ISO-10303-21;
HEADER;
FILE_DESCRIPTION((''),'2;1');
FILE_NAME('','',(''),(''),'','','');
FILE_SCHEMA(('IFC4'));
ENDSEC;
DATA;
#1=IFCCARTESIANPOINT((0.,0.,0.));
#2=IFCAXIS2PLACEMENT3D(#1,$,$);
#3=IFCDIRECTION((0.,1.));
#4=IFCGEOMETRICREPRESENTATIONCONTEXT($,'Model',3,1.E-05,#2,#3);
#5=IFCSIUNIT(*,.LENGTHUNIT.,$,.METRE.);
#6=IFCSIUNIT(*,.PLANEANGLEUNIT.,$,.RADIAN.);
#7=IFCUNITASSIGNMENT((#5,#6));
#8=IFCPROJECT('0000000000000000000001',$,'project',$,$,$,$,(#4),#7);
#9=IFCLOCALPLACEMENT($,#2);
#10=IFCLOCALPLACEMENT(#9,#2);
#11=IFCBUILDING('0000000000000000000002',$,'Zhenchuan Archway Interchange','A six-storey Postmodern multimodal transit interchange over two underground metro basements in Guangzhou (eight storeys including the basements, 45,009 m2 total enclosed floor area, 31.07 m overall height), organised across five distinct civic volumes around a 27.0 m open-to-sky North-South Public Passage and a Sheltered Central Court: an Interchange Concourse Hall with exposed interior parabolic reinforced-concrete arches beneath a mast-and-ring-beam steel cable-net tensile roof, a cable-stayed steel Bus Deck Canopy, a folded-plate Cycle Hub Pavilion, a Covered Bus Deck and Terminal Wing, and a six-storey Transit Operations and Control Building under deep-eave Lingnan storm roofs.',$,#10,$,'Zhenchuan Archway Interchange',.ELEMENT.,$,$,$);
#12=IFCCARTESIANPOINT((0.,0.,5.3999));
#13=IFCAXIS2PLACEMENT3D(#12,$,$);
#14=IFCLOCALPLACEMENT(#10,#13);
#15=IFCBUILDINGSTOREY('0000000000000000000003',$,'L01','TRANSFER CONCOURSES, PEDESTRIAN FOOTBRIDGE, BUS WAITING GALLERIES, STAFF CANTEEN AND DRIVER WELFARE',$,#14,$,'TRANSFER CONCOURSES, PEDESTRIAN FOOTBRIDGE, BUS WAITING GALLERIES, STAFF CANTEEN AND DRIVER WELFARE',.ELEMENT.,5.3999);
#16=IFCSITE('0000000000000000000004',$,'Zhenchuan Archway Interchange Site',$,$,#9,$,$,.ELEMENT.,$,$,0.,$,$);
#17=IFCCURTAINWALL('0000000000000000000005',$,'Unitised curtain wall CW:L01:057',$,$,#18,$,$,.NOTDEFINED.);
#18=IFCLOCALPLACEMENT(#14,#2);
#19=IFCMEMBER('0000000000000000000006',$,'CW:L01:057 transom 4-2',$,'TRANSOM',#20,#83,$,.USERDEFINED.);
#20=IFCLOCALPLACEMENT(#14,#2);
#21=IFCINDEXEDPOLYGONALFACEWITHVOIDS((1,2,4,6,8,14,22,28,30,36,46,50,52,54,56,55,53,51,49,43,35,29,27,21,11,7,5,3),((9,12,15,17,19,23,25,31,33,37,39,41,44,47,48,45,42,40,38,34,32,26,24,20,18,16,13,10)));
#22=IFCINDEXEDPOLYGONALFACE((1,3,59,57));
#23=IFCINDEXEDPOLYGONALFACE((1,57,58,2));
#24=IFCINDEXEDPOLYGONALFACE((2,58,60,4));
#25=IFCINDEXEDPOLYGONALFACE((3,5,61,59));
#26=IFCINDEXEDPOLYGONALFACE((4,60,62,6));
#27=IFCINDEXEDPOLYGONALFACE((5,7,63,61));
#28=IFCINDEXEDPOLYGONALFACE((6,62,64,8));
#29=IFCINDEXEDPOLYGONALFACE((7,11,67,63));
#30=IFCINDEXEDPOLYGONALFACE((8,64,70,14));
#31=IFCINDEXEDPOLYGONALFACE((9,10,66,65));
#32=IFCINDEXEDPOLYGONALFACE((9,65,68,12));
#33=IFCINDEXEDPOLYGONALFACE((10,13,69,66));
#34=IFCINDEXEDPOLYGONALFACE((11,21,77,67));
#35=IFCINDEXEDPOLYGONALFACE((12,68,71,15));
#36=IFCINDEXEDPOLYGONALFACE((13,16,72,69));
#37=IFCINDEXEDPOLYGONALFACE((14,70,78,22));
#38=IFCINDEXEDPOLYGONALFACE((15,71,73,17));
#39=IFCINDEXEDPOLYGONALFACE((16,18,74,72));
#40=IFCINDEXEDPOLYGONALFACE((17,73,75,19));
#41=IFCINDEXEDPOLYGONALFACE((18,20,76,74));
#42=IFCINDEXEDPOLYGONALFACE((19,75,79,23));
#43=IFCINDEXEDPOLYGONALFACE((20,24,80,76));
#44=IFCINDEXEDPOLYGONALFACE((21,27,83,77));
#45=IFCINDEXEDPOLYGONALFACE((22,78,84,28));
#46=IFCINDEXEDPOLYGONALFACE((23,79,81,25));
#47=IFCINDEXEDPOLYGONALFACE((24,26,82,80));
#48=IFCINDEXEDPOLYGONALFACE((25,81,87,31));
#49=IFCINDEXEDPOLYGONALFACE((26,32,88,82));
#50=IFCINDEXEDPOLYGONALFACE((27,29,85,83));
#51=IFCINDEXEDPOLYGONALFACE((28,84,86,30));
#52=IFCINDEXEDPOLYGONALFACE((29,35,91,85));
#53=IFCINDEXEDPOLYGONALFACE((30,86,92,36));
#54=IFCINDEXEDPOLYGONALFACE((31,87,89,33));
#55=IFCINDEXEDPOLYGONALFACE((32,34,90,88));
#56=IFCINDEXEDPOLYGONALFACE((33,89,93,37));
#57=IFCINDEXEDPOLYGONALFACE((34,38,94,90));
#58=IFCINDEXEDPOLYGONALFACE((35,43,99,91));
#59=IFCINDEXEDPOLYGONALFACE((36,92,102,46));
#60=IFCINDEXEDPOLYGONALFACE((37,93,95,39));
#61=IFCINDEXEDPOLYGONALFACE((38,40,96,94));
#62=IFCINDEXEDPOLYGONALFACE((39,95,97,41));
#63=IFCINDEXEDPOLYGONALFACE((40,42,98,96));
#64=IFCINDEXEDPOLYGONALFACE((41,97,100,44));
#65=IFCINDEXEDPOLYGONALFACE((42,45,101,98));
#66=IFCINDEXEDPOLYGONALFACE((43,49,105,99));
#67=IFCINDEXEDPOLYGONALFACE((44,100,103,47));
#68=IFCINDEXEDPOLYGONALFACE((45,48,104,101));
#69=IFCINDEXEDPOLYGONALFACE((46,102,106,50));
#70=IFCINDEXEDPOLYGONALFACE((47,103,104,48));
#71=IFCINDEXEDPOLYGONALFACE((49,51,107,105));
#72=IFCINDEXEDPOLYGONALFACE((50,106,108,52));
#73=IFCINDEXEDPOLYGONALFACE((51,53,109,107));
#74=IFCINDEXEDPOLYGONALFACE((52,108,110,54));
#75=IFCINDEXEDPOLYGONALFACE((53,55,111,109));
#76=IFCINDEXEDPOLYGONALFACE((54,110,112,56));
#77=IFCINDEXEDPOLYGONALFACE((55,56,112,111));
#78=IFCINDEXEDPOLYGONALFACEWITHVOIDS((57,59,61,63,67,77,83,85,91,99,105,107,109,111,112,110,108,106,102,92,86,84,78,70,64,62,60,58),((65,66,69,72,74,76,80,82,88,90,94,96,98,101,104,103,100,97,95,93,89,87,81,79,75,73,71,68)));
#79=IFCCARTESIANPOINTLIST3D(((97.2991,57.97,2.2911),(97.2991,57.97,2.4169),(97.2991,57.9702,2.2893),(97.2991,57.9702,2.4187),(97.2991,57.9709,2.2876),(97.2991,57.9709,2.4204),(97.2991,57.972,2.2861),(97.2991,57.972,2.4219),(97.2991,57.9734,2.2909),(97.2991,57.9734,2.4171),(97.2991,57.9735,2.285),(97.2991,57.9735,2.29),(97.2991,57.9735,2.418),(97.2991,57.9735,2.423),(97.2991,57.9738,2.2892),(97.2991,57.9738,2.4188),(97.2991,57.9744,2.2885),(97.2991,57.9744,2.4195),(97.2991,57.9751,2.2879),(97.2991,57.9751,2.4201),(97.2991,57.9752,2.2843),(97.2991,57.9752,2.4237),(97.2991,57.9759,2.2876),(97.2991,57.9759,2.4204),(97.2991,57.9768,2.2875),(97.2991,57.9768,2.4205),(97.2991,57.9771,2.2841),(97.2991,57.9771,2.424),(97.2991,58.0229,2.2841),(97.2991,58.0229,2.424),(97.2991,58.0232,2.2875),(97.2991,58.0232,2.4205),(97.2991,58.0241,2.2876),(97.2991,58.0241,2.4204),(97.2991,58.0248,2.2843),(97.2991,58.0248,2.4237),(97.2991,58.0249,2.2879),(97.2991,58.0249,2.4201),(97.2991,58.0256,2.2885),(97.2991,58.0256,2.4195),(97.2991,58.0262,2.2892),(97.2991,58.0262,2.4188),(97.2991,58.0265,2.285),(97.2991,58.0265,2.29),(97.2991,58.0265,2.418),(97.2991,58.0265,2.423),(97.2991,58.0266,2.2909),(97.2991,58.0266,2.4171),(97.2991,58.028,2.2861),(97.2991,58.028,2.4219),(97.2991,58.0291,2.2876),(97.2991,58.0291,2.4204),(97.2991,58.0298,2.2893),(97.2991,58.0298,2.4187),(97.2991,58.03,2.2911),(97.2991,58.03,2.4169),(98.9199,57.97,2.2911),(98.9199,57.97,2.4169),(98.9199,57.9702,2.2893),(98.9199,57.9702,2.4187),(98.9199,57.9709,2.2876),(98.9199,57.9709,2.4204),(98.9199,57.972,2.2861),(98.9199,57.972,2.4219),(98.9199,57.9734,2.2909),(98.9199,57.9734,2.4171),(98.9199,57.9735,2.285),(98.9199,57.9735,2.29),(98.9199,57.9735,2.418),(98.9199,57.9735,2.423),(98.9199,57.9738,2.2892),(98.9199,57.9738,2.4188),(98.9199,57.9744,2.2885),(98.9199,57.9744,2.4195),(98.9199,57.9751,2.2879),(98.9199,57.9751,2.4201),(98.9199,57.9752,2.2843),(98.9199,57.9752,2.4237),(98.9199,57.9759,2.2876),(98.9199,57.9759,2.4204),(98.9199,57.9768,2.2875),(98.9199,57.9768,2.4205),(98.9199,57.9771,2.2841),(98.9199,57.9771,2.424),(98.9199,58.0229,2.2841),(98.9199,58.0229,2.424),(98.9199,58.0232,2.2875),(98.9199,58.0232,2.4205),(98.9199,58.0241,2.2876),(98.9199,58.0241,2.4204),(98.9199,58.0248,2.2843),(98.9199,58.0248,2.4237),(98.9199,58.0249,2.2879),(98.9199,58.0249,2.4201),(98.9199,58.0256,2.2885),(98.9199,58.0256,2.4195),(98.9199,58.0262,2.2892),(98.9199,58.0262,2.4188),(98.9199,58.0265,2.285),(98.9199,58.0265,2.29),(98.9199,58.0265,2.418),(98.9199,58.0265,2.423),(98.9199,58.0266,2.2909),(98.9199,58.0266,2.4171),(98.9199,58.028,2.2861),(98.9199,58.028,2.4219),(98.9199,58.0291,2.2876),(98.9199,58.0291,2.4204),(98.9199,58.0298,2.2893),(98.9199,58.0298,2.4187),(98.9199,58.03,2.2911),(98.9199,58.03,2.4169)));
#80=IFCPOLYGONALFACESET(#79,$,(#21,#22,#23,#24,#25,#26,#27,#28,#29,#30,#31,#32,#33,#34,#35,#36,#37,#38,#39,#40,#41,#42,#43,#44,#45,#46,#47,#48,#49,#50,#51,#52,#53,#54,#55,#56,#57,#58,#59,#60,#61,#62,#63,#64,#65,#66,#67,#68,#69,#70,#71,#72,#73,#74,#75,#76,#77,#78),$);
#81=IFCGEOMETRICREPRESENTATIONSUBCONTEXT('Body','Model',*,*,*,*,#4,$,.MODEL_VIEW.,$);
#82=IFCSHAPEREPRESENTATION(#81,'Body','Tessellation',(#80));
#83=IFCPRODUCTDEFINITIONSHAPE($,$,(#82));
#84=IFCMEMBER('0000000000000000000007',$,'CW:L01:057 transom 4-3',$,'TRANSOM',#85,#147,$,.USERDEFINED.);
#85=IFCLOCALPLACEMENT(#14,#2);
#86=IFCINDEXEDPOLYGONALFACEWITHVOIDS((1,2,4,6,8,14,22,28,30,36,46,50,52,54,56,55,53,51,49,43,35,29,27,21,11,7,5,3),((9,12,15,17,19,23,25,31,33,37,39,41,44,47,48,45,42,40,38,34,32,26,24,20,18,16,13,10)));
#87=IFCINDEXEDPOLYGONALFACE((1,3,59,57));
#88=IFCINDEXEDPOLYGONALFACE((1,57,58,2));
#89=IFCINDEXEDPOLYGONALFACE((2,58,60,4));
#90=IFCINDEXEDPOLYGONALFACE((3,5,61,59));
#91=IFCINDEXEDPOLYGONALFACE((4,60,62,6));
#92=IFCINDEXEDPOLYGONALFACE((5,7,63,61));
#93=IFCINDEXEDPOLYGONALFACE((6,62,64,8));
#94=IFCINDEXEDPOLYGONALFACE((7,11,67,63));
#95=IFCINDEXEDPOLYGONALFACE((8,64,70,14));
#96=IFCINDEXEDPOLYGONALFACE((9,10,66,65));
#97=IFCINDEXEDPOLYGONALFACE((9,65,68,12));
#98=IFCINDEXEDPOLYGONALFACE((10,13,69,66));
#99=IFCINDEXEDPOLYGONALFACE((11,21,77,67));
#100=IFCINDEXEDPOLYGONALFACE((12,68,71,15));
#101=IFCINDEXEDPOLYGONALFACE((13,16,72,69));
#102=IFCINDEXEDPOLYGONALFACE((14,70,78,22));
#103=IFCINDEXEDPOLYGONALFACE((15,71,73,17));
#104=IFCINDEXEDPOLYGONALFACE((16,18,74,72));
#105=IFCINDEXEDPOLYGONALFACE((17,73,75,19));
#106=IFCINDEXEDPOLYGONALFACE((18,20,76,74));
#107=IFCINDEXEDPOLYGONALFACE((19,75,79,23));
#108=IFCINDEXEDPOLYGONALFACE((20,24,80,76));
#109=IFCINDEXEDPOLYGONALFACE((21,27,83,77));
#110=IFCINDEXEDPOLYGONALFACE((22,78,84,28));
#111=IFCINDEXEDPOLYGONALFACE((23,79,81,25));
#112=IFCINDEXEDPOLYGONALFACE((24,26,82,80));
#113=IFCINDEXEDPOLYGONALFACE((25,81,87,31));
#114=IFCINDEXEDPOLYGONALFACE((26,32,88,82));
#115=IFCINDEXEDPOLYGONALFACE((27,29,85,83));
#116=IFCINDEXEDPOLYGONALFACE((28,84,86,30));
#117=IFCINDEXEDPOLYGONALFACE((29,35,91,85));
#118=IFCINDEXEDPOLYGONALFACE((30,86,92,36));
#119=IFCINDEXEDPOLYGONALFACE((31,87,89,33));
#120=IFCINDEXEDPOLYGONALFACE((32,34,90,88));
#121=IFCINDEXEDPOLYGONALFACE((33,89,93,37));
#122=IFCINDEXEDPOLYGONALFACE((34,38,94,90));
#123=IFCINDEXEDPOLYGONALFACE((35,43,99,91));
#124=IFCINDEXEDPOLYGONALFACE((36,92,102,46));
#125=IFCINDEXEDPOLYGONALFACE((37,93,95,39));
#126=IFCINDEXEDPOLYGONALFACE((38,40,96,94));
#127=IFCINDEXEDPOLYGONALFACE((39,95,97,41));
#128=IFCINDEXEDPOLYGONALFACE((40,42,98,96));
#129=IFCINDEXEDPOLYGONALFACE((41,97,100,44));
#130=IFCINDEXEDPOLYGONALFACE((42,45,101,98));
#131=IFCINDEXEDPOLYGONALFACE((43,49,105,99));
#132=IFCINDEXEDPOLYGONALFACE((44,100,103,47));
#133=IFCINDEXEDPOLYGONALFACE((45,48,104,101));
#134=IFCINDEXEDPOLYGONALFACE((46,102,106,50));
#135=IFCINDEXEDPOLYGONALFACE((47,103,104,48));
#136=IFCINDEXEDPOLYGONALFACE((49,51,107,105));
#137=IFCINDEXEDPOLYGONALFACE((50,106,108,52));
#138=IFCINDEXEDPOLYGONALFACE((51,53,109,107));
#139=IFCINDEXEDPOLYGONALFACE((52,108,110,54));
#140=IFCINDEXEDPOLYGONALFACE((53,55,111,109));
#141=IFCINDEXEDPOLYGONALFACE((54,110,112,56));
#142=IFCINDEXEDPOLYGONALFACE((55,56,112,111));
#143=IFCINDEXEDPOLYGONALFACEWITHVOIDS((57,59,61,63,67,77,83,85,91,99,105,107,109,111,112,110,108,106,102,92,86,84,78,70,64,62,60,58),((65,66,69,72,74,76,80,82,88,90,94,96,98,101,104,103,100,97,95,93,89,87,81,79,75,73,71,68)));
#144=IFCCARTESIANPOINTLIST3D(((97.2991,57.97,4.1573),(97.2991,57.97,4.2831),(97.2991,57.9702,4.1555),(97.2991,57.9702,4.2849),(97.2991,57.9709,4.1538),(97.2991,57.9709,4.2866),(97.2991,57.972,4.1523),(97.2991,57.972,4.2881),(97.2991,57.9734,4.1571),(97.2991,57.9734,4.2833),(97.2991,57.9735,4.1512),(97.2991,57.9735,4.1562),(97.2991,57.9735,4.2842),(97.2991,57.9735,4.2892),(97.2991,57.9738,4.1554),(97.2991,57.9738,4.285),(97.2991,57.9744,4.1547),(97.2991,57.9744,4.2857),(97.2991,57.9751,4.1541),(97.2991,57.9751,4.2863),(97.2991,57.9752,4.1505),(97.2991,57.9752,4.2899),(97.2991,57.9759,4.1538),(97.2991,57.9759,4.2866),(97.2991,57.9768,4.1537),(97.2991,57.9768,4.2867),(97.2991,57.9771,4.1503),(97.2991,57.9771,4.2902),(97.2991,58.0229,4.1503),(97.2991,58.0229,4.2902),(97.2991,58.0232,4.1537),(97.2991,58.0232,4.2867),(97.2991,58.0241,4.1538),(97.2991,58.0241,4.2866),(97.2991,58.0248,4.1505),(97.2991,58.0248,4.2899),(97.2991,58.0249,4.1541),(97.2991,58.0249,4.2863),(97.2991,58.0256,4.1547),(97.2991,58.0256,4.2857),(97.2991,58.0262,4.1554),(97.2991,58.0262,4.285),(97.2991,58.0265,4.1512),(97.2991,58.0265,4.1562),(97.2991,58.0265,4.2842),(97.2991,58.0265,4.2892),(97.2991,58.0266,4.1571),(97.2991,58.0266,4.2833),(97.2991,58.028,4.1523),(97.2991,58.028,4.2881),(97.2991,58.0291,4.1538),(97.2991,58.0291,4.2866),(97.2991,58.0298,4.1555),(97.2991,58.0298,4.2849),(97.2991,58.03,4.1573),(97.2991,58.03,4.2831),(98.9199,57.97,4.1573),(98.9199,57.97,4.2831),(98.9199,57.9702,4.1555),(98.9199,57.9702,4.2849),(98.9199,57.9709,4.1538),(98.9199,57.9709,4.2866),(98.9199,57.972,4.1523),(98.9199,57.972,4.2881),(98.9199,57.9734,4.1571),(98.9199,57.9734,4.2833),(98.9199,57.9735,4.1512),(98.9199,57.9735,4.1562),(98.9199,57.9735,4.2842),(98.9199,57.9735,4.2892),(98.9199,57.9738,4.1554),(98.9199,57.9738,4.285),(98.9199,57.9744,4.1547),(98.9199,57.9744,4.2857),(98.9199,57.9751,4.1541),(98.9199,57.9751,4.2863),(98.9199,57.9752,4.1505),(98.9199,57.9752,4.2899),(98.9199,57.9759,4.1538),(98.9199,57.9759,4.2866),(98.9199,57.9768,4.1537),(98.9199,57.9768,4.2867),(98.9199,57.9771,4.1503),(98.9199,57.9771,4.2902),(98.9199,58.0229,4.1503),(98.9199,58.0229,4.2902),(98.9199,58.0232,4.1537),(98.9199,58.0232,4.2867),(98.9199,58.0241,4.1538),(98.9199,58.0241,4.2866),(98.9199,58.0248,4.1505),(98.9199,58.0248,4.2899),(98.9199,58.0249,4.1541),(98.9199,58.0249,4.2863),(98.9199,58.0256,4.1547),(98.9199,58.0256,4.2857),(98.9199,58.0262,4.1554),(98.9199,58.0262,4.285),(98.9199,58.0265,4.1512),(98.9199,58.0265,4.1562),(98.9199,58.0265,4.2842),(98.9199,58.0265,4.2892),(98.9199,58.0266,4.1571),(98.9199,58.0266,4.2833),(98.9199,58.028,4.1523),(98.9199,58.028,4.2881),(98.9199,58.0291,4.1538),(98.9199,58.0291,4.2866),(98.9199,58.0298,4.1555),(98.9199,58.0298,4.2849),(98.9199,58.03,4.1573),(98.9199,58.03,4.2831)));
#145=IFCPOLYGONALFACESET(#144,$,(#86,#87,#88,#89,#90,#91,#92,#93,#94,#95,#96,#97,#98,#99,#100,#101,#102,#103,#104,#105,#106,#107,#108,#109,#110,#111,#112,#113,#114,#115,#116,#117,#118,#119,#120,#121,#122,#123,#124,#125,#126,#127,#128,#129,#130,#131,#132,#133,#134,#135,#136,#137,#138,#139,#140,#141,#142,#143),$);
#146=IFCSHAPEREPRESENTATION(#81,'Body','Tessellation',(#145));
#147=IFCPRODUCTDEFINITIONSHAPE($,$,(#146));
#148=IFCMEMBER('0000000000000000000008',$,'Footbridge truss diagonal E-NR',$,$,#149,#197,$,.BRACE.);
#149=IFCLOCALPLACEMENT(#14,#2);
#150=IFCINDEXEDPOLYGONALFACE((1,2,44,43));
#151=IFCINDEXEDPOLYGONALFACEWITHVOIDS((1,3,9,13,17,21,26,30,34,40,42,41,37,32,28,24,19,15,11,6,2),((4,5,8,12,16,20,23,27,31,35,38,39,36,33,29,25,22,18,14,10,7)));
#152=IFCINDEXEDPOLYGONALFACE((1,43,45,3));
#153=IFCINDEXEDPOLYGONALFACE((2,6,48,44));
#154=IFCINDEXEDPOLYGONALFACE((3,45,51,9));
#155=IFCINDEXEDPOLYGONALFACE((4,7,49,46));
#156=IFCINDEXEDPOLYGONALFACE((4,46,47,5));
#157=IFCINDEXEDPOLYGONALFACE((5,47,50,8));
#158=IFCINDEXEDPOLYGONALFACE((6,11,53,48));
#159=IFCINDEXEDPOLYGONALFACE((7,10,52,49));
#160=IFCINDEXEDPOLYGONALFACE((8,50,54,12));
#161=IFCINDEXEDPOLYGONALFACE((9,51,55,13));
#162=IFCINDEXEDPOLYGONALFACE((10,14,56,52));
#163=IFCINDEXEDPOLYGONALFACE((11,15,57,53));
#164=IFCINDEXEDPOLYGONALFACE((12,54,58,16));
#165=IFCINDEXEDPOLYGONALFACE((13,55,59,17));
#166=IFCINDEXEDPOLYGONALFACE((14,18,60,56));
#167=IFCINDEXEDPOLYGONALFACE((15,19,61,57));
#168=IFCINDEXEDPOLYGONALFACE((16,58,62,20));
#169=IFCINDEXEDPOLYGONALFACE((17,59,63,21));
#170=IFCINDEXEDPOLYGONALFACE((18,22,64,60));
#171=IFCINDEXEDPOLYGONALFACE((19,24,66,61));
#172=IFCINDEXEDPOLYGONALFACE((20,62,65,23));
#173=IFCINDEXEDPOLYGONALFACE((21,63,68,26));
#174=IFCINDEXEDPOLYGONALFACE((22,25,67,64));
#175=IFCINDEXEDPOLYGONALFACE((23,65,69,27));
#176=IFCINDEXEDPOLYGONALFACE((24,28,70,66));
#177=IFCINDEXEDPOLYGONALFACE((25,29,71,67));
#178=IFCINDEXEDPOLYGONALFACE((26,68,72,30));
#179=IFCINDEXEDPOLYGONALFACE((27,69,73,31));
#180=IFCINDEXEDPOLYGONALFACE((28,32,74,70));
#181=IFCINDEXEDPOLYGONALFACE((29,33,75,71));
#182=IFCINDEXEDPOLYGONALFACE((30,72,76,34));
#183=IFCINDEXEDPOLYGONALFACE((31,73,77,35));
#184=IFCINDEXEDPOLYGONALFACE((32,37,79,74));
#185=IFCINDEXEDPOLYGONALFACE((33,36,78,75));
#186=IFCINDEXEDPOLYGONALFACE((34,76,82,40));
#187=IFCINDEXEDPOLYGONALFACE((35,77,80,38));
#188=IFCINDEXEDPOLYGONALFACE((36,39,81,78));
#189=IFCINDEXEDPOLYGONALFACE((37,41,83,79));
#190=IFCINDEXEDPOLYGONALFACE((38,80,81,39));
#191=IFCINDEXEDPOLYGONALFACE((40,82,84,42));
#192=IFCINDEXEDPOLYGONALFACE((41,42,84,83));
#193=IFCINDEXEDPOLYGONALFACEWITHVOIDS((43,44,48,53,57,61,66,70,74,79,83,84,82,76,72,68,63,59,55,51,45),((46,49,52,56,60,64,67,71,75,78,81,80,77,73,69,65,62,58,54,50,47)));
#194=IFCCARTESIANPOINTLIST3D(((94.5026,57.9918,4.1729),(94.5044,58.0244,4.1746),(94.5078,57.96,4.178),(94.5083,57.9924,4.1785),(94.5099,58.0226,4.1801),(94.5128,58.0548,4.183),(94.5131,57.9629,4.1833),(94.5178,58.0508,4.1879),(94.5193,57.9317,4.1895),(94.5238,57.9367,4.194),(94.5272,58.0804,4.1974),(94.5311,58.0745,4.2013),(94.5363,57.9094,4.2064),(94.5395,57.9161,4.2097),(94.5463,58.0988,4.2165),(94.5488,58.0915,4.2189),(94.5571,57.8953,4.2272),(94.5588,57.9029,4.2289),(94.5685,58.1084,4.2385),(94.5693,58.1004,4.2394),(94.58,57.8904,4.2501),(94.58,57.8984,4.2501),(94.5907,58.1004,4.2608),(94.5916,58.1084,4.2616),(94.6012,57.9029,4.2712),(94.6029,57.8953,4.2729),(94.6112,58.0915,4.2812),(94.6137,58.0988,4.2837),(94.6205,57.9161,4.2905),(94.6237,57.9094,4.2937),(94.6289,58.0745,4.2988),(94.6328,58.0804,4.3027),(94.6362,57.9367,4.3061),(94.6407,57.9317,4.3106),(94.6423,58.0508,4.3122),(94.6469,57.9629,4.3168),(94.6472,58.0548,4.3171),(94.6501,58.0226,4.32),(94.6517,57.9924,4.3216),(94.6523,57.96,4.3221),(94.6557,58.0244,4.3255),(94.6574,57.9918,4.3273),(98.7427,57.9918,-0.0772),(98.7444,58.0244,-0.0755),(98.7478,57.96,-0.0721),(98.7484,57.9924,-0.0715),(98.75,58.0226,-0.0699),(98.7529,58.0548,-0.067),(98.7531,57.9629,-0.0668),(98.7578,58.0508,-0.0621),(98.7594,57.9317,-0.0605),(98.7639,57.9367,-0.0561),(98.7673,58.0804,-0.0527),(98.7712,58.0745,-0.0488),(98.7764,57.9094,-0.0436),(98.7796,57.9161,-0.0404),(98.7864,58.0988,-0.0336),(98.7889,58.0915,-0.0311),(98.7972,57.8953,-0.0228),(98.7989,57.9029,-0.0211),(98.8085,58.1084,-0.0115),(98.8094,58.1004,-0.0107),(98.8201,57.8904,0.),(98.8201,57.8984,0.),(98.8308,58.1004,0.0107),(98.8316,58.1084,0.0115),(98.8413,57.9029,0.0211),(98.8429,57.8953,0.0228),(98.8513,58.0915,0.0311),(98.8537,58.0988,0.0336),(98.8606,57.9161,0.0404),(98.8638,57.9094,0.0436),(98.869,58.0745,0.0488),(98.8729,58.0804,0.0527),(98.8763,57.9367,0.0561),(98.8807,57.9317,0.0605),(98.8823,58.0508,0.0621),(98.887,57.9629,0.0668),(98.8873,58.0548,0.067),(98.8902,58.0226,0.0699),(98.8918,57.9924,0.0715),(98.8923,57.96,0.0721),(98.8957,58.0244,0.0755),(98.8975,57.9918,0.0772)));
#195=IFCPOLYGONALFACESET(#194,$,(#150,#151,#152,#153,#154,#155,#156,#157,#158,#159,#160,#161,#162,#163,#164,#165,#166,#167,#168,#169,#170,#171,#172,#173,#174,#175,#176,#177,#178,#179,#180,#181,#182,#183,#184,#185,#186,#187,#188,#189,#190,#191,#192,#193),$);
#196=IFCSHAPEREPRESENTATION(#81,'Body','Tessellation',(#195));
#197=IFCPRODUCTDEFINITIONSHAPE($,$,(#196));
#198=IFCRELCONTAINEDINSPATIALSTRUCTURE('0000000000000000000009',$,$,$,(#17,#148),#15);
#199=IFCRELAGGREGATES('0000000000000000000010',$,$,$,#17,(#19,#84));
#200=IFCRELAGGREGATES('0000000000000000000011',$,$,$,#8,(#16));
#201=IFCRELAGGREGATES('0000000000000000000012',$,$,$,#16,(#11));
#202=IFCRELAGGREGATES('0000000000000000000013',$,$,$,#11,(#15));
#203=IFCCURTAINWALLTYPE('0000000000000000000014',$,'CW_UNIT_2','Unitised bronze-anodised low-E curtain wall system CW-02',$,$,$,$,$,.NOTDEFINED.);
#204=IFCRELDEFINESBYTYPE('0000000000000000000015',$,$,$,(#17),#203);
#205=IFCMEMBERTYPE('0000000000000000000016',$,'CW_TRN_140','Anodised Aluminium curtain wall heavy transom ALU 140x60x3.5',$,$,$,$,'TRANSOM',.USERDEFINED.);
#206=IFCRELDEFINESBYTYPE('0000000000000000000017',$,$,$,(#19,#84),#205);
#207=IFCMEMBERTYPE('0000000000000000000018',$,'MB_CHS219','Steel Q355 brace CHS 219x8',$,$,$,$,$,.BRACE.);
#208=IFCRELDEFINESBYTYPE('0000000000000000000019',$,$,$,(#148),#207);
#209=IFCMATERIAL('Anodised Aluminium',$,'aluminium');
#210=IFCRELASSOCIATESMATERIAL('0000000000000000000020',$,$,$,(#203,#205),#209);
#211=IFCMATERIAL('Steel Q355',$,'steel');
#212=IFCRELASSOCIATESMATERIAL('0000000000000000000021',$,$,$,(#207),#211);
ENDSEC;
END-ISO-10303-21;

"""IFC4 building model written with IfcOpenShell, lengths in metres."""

from ifc_helpers import new_model, si_unit, direction, frame, origin, origin_2d, place, context, subcontext, project, spatial, hollow_rectangle, hollow_circle, extrude, material, material_profile, profile_set, type_object, element, aggregate, save


model = new_model("IFC4")

# Units and contexts
model_context = context("Model", 3, precision=1e-05, world=origin(), true_north=direction((0.0, 1.0)))
body_context = subcontext(model_context, "Body", "Model", "MODEL_VIEW")
ifc_project = project(units=[si_unit("LENGTHUNIT", "METRE"), si_unit("PLANEANGLEUNIT", "RADIAN")], contexts=[model_context])

# Site, building, storey
site_placement = place(None, origin())
site = spatial("IfcSite", under=ifc_project, at=site_placement, Name="Zhenchuan Archway Interchange Site", CompositionType="ELEMENT", RefElevation=0.0)
building_placement = place(site_placement, origin())
building = spatial("IfcBuilding", under=site, at=building_placement, Name="Zhenchuan Archway Interchange", Description="A six-storey Postmodern multimodal transit interchange over two underground metro basements in Guangzhou (eight storeys including the basements, 45,009 m2 total enclosed floor area, 31.07 m overall height), organised across five distinct civic volumes around a 27.0 m open-to-sky North-South Public Passage and a Sheltered Central Court: an Interchange Concourse Hall with exposed interior parabolic reinforced-concrete arches beneath a mast-and-ring-beam steel cable-net tensile roof, a cable-stayed steel Bus Deck Canopy, a folded-plate Cycle Hub Pavilion, a Covered Bus Deck and Terminal Wing, and a six-storey Transit Operations and Control Building under deep-eave Lingnan storm roofs.", LongName="Zhenchuan Archway Interchange", CompositionType="ELEMENT")
storey_placement = place(building_placement, frame((0.0, 0.0, 5.3999)))
storey = spatial("IfcBuildingStorey", under=building, at=storey_placement, Name="L01", Description="TRANSFER CONCOURSES, PEDESTRIAN FOOTBRIDGE, BUS WAITING GALLERIES, STAFF CANTEEN AND DRIVER WELFARE", LongName="TRANSFER CONCOURSES, PEDESTRIAN FOOTBRIDGE, BUS WAITING GALLERIES, STAFF CANTEEN AND DRIVER WELFARE", CompositionType="ELEMENT", Elevation=5.3999)

# Shared definitions
ifc_material_1 = material(Name="Anodised Aluminium", Category="aluminium")

# Curtain wall
curtain_wall_type_1 = type_object("IfcCurtainWallType", Name="CW_UNIT_2", Description="Unitised bronze-anodised low-E curtain wall system CW-02", PredefinedType="NOTDEFINED", material=ifc_material_1)
curtain_wall_1_placement = place(storey_placement, origin())
curtain_wall_1 = element("IfcCurtainWall", 1, at=curtain_wall_1_placement, inside=storey, type_object=curtain_wall_type_1, Name="Unitised curtain wall CW:L01:057", PredefinedType="NOTDEFINED")

# Members
ifc_material_profile_1 = material_profile(ifc_material_1, hollow_rectangle(XDim=0.0601, YDim=0.1399, WallThickness=0.0034, InnerFilletRadius=0.0034, OuterFilletRadius=0.0071, at=origin_2d()), Name="ALU 140x60x3.5")
ifc_profile_set_1 = profile_set([ifc_material_profile_1], Name="Anodised Aluminium")
member_type_1 = type_object("IfcMemberType", Name="CW_TRN_140", Description="Anodised Aluminium curtain wall heavy transom ALU 140x60x3.5", ElementType="TRANSOM", PredefinedType="USERDEFINED", material=ifc_profile_set_1)
member_1_placement = place(storey_placement, frame((97.2991, 58.0, 2.354), z_axis=(1.0, 0.0, 0.0), x_axis=(0.0, 1.0, 0.0)))
member_1 = element("IfcMember", 2, at=member_1_placement, type_object=member_type_1, Name="CW:L01:057 transom 4-2", ObjectType="TRANSOM", PredefinedType="USERDEFINED", context=body_context, shape_type="SweptSolid", body=[
    extrude(hollow_rectangle(XDim=0.0601, YDim=0.1399, WallThickness=0.0034, InnerFilletRadius=0.0034, OuterFilletRadius=0.0071, at=origin_2d()), origin(), (0.0, 0.0, 1.0), 1.6208),
])
member_2_placement = place(storey_placement, frame((97.2991, 58.0, 4.2202), z_axis=(1.0, 0.0, 0.0), x_axis=(0.0, 1.0, 0.0)))
member_2 = element("IfcMember", 3, at=member_2_placement, type_object=member_type_1, Name="CW:L01:057 transom 4-3", ObjectType="TRANSOM", PredefinedType="USERDEFINED", context=body_context, shape_type="SweptSolid", body=[
    extrude(hollow_rectangle(XDim=0.0601, YDim=0.1399, WallThickness=0.0034, InnerFilletRadius=0.0034, OuterFilletRadius=0.0071, at=origin_2d()), origin(), (0.0, 0.0, 1.0), 1.6208),
])
ifc_material_2 = material(Name="Steel Q355", Category="steel")
ifc_material_profile_2 = material_profile(ifc_material_2, hollow_circle(Radius=0.1096, WallThickness=0.0081, at=origin_2d()), Name="CHS 219x8")
ifc_profile_set_2 = profile_set([ifc_material_profile_2], Name="Steel Q355")
member_type_2 = type_object("IfcMemberType", Name="MB_CHS219", Description="Steel Q355 brace CHS 219x8", PredefinedType="BRACE", material=ifc_profile_set_2)
member_3_placement = place(storey_placement, frame((98.8201, 58.0, 0.0), z_axis=(-0.706273, 0.0, 0.70794), x_axis=(0.0, -1.0, 0.0)))
element("IfcMember", 4, at=member_3_placement, inside=storey, type_object=member_type_2, Name="Footbridge truss diagonal E-NR", PredefinedType="BRACE", context=body_context, shape_type="SweptSolid", body=[
    extrude(hollow_circle(Radius=0.1096, WallThickness=0.0081, at=origin_2d()), origin(), (0.0, 0.0, 1.0), 6.0034),
])

aggregate(curtain_wall_1, [member_1, member_2])

save(model, "model.ifc")
